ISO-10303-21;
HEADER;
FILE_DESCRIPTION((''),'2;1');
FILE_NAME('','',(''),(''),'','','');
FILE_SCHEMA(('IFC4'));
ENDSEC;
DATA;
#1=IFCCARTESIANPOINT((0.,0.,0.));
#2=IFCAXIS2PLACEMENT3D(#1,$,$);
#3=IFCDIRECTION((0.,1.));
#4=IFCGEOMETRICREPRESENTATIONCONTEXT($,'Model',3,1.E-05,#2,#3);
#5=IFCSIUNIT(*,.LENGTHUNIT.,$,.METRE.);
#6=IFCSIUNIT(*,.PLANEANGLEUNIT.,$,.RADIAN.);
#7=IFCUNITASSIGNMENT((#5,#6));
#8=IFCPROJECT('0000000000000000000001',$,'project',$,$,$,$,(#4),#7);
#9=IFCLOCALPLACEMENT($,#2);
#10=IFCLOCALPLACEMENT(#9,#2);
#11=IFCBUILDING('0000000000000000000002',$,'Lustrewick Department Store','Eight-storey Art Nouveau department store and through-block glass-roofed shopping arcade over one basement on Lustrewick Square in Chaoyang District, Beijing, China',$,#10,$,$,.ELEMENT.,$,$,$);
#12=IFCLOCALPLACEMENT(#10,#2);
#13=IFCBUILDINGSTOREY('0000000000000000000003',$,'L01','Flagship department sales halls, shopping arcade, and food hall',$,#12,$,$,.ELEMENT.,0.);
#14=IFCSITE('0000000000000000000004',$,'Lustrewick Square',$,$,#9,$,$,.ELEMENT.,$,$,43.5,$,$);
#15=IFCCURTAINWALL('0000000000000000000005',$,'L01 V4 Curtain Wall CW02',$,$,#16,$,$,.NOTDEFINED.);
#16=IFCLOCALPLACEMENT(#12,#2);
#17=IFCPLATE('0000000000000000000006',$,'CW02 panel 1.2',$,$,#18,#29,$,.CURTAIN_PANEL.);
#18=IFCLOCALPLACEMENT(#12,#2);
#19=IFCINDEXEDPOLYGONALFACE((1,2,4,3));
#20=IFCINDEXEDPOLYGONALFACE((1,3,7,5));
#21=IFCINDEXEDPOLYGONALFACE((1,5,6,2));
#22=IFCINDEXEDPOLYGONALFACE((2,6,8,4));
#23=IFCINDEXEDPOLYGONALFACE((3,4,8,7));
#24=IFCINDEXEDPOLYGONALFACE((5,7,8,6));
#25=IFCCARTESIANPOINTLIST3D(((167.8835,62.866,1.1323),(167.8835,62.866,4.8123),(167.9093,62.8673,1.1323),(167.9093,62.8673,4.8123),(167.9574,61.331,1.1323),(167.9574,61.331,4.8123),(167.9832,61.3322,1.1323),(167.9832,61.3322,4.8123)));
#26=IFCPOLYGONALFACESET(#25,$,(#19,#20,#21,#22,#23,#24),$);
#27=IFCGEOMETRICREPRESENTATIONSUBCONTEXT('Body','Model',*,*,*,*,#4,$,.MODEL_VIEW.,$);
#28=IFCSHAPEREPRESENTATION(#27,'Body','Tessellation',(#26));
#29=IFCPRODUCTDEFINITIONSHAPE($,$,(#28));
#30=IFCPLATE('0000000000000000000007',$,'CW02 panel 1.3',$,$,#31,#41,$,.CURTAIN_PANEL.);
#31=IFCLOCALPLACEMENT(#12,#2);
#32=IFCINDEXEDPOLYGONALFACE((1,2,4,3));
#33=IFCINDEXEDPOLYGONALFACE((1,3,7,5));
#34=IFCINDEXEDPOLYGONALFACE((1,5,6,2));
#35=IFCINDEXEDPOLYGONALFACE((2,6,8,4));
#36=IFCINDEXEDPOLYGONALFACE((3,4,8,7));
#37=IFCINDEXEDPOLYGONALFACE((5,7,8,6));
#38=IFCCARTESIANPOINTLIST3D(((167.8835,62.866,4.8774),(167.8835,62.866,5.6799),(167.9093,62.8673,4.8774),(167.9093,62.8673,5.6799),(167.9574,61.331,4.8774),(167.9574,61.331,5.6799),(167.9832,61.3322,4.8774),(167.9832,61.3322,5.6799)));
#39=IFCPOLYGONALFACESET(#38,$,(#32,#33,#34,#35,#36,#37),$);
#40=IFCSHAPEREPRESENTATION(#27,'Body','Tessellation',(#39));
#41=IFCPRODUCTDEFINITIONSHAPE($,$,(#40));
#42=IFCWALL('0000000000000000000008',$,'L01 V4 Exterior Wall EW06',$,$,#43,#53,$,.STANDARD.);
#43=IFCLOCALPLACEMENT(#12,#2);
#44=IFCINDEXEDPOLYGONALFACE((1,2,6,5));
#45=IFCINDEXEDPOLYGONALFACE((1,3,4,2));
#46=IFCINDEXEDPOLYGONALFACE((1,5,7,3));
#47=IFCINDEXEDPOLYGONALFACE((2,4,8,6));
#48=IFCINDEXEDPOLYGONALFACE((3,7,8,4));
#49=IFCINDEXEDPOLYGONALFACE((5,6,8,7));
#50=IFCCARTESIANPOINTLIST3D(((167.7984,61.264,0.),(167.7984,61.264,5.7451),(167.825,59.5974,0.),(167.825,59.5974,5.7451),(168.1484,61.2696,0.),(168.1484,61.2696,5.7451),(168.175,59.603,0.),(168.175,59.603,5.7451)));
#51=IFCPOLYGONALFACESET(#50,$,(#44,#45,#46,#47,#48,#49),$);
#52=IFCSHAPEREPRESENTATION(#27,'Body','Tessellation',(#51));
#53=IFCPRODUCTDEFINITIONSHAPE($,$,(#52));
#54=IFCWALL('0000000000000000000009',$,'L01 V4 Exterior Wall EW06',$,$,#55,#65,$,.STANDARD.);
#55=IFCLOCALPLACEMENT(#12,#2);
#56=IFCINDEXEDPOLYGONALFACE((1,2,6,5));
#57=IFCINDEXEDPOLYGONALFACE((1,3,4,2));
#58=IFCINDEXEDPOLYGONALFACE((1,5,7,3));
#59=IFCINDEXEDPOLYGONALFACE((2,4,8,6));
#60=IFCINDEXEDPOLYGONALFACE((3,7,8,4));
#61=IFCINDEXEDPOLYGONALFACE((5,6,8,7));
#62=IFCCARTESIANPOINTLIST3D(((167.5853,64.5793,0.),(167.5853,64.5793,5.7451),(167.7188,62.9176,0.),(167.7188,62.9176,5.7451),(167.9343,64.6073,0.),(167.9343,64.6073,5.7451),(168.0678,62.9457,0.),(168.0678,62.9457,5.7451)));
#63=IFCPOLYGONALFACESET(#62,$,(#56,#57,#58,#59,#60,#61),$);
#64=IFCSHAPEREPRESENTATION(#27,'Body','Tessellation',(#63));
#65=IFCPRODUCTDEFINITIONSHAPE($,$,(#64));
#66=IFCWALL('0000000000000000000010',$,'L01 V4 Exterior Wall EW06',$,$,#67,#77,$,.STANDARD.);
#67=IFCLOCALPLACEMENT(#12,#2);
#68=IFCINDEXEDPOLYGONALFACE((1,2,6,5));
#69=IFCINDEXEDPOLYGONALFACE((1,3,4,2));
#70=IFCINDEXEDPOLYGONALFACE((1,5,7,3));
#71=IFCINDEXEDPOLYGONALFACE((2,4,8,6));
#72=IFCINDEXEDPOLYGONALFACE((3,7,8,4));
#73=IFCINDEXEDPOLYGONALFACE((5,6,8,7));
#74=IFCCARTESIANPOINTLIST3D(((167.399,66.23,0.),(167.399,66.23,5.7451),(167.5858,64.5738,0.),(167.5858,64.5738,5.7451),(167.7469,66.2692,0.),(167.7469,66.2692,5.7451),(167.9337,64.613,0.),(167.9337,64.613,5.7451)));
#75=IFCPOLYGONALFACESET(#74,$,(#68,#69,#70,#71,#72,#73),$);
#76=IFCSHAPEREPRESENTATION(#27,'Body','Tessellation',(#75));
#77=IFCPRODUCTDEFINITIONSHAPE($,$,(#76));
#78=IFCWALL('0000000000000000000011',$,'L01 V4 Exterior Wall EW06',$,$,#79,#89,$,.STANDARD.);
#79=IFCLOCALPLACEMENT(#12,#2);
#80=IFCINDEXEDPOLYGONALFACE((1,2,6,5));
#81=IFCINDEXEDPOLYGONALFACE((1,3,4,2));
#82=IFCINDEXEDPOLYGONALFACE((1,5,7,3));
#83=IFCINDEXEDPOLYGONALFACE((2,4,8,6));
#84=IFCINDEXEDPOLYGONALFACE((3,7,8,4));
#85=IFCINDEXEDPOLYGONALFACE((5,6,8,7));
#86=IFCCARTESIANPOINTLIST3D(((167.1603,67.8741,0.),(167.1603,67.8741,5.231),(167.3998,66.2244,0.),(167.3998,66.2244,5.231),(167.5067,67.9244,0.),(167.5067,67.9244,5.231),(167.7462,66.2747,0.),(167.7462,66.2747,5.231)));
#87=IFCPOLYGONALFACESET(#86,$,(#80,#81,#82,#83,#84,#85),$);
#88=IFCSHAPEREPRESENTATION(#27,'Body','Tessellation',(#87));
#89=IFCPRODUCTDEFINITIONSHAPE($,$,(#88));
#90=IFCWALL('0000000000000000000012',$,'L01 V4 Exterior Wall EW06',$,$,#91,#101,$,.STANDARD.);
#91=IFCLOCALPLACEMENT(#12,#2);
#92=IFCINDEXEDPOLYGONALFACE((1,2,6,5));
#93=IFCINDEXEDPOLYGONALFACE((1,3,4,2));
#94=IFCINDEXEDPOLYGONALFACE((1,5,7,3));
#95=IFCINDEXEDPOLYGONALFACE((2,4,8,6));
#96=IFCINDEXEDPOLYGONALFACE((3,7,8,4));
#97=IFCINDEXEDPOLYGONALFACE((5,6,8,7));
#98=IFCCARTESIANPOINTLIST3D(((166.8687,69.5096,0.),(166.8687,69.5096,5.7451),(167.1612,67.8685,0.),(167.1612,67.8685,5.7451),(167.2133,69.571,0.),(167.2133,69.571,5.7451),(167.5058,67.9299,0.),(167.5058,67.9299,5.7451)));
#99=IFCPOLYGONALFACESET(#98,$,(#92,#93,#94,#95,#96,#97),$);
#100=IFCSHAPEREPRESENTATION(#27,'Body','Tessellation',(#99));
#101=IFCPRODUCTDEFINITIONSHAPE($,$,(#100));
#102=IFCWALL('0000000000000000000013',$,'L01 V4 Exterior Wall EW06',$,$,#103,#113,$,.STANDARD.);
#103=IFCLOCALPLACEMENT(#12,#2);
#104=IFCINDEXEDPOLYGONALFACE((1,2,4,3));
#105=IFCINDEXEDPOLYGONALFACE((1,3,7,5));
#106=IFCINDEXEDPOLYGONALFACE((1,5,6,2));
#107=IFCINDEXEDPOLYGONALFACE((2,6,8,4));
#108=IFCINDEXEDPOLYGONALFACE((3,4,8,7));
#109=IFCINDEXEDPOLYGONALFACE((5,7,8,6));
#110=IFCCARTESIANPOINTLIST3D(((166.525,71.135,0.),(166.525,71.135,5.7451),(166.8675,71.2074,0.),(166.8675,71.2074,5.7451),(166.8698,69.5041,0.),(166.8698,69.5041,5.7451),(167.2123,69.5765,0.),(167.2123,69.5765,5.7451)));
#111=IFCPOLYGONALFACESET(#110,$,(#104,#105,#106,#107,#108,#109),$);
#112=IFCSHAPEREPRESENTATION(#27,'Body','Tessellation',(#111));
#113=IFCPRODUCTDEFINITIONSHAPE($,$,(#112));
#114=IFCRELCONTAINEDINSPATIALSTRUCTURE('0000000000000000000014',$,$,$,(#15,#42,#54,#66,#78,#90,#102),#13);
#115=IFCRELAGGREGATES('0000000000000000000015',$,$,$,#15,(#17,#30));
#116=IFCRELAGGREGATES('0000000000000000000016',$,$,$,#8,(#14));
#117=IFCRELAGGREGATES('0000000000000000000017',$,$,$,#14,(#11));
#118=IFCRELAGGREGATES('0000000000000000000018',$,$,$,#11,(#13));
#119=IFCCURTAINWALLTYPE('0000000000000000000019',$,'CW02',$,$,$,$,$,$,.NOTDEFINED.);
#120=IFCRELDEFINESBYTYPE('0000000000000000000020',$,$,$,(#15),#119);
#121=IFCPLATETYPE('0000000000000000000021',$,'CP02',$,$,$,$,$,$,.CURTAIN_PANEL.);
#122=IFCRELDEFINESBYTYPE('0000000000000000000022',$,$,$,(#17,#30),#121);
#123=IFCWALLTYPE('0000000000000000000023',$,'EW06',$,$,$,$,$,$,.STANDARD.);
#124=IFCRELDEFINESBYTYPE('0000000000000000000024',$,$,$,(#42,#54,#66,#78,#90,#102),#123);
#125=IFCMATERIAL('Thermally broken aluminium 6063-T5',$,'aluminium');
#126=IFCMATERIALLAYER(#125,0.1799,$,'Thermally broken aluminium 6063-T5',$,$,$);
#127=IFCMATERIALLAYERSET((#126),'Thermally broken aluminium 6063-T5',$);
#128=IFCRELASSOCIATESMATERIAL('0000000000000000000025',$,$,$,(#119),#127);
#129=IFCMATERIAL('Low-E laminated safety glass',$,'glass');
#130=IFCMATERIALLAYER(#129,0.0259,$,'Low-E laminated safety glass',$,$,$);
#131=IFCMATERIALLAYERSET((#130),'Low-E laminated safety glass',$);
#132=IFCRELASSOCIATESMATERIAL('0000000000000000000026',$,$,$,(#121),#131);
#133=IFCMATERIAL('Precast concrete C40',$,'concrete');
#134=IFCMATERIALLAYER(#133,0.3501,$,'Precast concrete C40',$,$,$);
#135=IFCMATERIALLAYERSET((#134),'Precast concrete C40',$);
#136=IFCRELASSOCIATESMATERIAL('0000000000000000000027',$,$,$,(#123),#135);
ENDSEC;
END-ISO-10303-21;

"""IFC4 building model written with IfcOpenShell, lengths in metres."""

from ifc_helpers import new_model, si_unit, direction, frame, frame_2d, origin, origin_2d, place, context, subcontext, project, spatial, rectangle, extrude, material, layer, layer_set, type_object, element, aggregate, save


model = new_model("IFC4")

# Units and contexts
model_context = context("Model", 3, precision=1e-05, world=origin(), true_north=direction((0.0, 1.0)))
body_context = subcontext(model_context, "Body", "Model", "MODEL_VIEW")
ifc_project = project(units=[si_unit("LENGTHUNIT", "METRE"), si_unit("PLANEANGLEUNIT", "RADIAN")], contexts=[model_context])

# Site, building, storey
site_placement = place(None, origin())
site = spatial("IfcSite", under=ifc_project, at=site_placement, Name="Lustrewick Square", CompositionType="ELEMENT", RefElevation=43.5)
building_placement = place(site_placement, origin())
building = spatial("IfcBuilding", under=site, at=building_placement, Name="Lustrewick Department Store", Description="Eight-storey Art Nouveau department store and through-block glass-roofed shopping arcade over one basement on Lustrewick Square in Chaoyang District, Beijing, China", CompositionType="ELEMENT")
storey_placement = place(building_placement, origin())
storey = spatial("IfcBuildingStorey", under=building, at=storey_placement, Name="L01", Description="Flagship department sales halls, shopping arcade, and food hall", CompositionType="ELEMENT", Elevation=0.0)

# Curtain wall
ifc_material_1 = material(Name="Thermally broken aluminium 6063-T5", Category="aluminium")
ifc_layer_1 = layer(ifc_material_1, 0.1799, Name="Thermally broken aluminium 6063-T5")
ifc_layer_set_1 = layer_set([ifc_layer_1], Name="Thermally broken aluminium 6063-T5")
curtain_wall_type_1 = type_object("IfcCurtainWallType", Name="CW02", PredefinedType="NOTDEFINED", material=ifc_layer_set_1)
curtain_wall_1_placement = place(storey_placement, origin())
curtain_wall_1 = element("IfcCurtainWall", 1, at=curtain_wall_1_placement, inside=storey, type_object=curtain_wall_type_1, Name="L01 V4 Curtain Wall CW02", PredefinedType="NOTDEFINED")

# Plates
ifc_material_2 = material(Name="Low-E laminated safety glass", Category="glass")
ifc_layer_2 = layer(ifc_material_2, 0.0259, Name="Low-E laminated safety glass")
ifc_layer_set_2 = layer_set([ifc_layer_2], Name="Low-E laminated safety glass")
plate_type = type_object("IfcPlateType", Name="CP02", PredefinedType="CURTAIN_PANEL", material=ifc_layer_set_2)
plate_1_placement = place(storey_placement, frame((167.9333, 62.0991, 1.1323), z_axis=(0.0, 0.0, 1.0), x_axis=(-0.048053, 0.998845, 0.0)))
plate_1 = element("IfcPlate", 2, at=plate_1_placement, type_object=plate_type, Name="CW02 panel 1.2", PredefinedType="CURTAIN_PANEL", context=body_context, shape_type="SweptSolid", body=[
    extrude(rectangle(XDim=1.5369, YDim=0.0259, at=origin_2d()), origin(), (0.0, 0.0, 1.0), 3.6799),
])
plate_2_placement = place(storey_placement, frame((167.9333, 62.0991, 4.8774), z_axis=(0.0, 0.0, 1.0), x_axis=(-0.048053, 0.998845, 0.0)))
plate_2 = element("IfcPlate", 3, at=plate_2_placement, type_object=plate_type, Name="CW02 panel 1.3", PredefinedType="CURTAIN_PANEL", context=body_context, shape_type="SweptSolid", body=[
    extrude(rectangle(XDim=1.5369, YDim=0.0259, at=origin_2d()), origin(), (0.0, 0.0, 1.0), 0.8025),
])
aggregate(curtain_wall_1, [plate_1, plate_2])

# Walls
ifc_material_3 = material(Name="Precast concrete C40", Category="concrete")
ifc_layer_3 = layer(ifc_material_3, 0.3501, Name="Precast concrete C40")
ifc_layer_set_3 = layer_set([ifc_layer_3], Name="Precast concrete C40")
wall_type = type_object("IfcWallType", Name="EW06", PredefinedType="STANDARD", material=ifc_layer_set_3)
wall_1_placement = place(storey_placement, frame((168.0, 59.6001, 0.0), z_axis=(0.0, 0.0, 1.0), x_axis=(-0.015966, 0.999873, 0.0)))
element("IfcWall", 4, at=wall_1_placement, inside=storey, type_object=wall_type, Name="L01 V4 Exterior Wall EW06", PredefinedType="STANDARD", context=body_context, shape_type="SweptSolid", body=[
    extrude(rectangle(XDim=1.6667, YDim=0.3501, at=frame_2d((0.8335, 0.0))), origin(), (0.0, 0.0, 1.0), 5.7451),
])
wall_2_placement = place(storey_placement, frame((167.8933, 62.9316, 0.0), z_axis=(0.0, 0.0, 1.0), x_axis=(-0.080112, 0.996786, 0.0)))
element("IfcWall", 5, at=wall_2_placement, inside=storey, type_object=wall_type, Name="L01 V4 Exterior Wall EW06", PredefinedType="STANDARD", context=body_context, shape_type="SweptSolid", body=[
    extrude(rectangle(XDim=1.667, YDim=0.3501, at=frame_2d((0.8335, 0.0))), origin(), (0.0, 0.0, 1.0), 5.7451),
])
wall_3_placement = place(storey_placement, frame((167.7598, 64.5933, 0.0), z_axis=(0.0, 0.0, 1.0), x_axis=(-0.112055, 0.993702, 0.0)))
element("IfcWall", 6, at=wall_3_placement, inside=storey, type_object=wall_type, Name="L01 V4 Exterior Wall EW06", PredefinedType="STANDARD", context=body_context, shape_type="SweptSolid", body=[
    extrude(rectangle(XDim=1.6667, YDim=0.3501, at=frame_2d((0.8335, 0.0))), origin(), (0.0, 0.0, 1.0), 5.7451),
])
wall_4_placement = place(storey_placement, frame((167.573, 66.2495, 0.0), z_axis=(0.0, 0.0, 1.0), x_axis=(-0.143676, 0.989625, 0.0)))
element("IfcWall", 7, at=wall_4_placement, inside=storey, type_object=wall_type, Name="L01 V4 Exterior Wall EW06", PredefinedType="STANDARD", context=body_context, shape_type="SweptSolid", body=[
    extrude(rectangle(XDim=1.667, YDim=0.3501, at=frame_2d((0.8335, 0.0))), origin(), (0.0, 0.0, 1.0), 5.231),
])
for number, where, z_axis, x_axis, name in (
    (8, (167.3335, 67.8992, 0.0), (0.0, 0.0, 1.0), (-0.175456, 0.984487, 0.0), "L01 V4 Exterior Wall EW06"),
    (9, (167.041, 69.5403, 0.0), (0.0, 0.0, 1.0), (-0.206808, 0.978382, 0.0), "L01 V4 Exterior Wall EW06"),
):
    element("IfcWall", number, at=place(storey_placement, frame(where, z_axis=z_axis, x_axis=x_axis)), inside=storey, type_object=wall_type, Name=name, PredefinedType="STANDARD", context=body_context, shape_type="SweptSolid", body=[
        extrude(rectangle(XDim=1.667, YDim=0.3501, at=frame_2d((0.8335, 0.0))), origin(), (0.0, 0.0, 1.0), 5.7451),
    ])

save(model, "model.ifc")
